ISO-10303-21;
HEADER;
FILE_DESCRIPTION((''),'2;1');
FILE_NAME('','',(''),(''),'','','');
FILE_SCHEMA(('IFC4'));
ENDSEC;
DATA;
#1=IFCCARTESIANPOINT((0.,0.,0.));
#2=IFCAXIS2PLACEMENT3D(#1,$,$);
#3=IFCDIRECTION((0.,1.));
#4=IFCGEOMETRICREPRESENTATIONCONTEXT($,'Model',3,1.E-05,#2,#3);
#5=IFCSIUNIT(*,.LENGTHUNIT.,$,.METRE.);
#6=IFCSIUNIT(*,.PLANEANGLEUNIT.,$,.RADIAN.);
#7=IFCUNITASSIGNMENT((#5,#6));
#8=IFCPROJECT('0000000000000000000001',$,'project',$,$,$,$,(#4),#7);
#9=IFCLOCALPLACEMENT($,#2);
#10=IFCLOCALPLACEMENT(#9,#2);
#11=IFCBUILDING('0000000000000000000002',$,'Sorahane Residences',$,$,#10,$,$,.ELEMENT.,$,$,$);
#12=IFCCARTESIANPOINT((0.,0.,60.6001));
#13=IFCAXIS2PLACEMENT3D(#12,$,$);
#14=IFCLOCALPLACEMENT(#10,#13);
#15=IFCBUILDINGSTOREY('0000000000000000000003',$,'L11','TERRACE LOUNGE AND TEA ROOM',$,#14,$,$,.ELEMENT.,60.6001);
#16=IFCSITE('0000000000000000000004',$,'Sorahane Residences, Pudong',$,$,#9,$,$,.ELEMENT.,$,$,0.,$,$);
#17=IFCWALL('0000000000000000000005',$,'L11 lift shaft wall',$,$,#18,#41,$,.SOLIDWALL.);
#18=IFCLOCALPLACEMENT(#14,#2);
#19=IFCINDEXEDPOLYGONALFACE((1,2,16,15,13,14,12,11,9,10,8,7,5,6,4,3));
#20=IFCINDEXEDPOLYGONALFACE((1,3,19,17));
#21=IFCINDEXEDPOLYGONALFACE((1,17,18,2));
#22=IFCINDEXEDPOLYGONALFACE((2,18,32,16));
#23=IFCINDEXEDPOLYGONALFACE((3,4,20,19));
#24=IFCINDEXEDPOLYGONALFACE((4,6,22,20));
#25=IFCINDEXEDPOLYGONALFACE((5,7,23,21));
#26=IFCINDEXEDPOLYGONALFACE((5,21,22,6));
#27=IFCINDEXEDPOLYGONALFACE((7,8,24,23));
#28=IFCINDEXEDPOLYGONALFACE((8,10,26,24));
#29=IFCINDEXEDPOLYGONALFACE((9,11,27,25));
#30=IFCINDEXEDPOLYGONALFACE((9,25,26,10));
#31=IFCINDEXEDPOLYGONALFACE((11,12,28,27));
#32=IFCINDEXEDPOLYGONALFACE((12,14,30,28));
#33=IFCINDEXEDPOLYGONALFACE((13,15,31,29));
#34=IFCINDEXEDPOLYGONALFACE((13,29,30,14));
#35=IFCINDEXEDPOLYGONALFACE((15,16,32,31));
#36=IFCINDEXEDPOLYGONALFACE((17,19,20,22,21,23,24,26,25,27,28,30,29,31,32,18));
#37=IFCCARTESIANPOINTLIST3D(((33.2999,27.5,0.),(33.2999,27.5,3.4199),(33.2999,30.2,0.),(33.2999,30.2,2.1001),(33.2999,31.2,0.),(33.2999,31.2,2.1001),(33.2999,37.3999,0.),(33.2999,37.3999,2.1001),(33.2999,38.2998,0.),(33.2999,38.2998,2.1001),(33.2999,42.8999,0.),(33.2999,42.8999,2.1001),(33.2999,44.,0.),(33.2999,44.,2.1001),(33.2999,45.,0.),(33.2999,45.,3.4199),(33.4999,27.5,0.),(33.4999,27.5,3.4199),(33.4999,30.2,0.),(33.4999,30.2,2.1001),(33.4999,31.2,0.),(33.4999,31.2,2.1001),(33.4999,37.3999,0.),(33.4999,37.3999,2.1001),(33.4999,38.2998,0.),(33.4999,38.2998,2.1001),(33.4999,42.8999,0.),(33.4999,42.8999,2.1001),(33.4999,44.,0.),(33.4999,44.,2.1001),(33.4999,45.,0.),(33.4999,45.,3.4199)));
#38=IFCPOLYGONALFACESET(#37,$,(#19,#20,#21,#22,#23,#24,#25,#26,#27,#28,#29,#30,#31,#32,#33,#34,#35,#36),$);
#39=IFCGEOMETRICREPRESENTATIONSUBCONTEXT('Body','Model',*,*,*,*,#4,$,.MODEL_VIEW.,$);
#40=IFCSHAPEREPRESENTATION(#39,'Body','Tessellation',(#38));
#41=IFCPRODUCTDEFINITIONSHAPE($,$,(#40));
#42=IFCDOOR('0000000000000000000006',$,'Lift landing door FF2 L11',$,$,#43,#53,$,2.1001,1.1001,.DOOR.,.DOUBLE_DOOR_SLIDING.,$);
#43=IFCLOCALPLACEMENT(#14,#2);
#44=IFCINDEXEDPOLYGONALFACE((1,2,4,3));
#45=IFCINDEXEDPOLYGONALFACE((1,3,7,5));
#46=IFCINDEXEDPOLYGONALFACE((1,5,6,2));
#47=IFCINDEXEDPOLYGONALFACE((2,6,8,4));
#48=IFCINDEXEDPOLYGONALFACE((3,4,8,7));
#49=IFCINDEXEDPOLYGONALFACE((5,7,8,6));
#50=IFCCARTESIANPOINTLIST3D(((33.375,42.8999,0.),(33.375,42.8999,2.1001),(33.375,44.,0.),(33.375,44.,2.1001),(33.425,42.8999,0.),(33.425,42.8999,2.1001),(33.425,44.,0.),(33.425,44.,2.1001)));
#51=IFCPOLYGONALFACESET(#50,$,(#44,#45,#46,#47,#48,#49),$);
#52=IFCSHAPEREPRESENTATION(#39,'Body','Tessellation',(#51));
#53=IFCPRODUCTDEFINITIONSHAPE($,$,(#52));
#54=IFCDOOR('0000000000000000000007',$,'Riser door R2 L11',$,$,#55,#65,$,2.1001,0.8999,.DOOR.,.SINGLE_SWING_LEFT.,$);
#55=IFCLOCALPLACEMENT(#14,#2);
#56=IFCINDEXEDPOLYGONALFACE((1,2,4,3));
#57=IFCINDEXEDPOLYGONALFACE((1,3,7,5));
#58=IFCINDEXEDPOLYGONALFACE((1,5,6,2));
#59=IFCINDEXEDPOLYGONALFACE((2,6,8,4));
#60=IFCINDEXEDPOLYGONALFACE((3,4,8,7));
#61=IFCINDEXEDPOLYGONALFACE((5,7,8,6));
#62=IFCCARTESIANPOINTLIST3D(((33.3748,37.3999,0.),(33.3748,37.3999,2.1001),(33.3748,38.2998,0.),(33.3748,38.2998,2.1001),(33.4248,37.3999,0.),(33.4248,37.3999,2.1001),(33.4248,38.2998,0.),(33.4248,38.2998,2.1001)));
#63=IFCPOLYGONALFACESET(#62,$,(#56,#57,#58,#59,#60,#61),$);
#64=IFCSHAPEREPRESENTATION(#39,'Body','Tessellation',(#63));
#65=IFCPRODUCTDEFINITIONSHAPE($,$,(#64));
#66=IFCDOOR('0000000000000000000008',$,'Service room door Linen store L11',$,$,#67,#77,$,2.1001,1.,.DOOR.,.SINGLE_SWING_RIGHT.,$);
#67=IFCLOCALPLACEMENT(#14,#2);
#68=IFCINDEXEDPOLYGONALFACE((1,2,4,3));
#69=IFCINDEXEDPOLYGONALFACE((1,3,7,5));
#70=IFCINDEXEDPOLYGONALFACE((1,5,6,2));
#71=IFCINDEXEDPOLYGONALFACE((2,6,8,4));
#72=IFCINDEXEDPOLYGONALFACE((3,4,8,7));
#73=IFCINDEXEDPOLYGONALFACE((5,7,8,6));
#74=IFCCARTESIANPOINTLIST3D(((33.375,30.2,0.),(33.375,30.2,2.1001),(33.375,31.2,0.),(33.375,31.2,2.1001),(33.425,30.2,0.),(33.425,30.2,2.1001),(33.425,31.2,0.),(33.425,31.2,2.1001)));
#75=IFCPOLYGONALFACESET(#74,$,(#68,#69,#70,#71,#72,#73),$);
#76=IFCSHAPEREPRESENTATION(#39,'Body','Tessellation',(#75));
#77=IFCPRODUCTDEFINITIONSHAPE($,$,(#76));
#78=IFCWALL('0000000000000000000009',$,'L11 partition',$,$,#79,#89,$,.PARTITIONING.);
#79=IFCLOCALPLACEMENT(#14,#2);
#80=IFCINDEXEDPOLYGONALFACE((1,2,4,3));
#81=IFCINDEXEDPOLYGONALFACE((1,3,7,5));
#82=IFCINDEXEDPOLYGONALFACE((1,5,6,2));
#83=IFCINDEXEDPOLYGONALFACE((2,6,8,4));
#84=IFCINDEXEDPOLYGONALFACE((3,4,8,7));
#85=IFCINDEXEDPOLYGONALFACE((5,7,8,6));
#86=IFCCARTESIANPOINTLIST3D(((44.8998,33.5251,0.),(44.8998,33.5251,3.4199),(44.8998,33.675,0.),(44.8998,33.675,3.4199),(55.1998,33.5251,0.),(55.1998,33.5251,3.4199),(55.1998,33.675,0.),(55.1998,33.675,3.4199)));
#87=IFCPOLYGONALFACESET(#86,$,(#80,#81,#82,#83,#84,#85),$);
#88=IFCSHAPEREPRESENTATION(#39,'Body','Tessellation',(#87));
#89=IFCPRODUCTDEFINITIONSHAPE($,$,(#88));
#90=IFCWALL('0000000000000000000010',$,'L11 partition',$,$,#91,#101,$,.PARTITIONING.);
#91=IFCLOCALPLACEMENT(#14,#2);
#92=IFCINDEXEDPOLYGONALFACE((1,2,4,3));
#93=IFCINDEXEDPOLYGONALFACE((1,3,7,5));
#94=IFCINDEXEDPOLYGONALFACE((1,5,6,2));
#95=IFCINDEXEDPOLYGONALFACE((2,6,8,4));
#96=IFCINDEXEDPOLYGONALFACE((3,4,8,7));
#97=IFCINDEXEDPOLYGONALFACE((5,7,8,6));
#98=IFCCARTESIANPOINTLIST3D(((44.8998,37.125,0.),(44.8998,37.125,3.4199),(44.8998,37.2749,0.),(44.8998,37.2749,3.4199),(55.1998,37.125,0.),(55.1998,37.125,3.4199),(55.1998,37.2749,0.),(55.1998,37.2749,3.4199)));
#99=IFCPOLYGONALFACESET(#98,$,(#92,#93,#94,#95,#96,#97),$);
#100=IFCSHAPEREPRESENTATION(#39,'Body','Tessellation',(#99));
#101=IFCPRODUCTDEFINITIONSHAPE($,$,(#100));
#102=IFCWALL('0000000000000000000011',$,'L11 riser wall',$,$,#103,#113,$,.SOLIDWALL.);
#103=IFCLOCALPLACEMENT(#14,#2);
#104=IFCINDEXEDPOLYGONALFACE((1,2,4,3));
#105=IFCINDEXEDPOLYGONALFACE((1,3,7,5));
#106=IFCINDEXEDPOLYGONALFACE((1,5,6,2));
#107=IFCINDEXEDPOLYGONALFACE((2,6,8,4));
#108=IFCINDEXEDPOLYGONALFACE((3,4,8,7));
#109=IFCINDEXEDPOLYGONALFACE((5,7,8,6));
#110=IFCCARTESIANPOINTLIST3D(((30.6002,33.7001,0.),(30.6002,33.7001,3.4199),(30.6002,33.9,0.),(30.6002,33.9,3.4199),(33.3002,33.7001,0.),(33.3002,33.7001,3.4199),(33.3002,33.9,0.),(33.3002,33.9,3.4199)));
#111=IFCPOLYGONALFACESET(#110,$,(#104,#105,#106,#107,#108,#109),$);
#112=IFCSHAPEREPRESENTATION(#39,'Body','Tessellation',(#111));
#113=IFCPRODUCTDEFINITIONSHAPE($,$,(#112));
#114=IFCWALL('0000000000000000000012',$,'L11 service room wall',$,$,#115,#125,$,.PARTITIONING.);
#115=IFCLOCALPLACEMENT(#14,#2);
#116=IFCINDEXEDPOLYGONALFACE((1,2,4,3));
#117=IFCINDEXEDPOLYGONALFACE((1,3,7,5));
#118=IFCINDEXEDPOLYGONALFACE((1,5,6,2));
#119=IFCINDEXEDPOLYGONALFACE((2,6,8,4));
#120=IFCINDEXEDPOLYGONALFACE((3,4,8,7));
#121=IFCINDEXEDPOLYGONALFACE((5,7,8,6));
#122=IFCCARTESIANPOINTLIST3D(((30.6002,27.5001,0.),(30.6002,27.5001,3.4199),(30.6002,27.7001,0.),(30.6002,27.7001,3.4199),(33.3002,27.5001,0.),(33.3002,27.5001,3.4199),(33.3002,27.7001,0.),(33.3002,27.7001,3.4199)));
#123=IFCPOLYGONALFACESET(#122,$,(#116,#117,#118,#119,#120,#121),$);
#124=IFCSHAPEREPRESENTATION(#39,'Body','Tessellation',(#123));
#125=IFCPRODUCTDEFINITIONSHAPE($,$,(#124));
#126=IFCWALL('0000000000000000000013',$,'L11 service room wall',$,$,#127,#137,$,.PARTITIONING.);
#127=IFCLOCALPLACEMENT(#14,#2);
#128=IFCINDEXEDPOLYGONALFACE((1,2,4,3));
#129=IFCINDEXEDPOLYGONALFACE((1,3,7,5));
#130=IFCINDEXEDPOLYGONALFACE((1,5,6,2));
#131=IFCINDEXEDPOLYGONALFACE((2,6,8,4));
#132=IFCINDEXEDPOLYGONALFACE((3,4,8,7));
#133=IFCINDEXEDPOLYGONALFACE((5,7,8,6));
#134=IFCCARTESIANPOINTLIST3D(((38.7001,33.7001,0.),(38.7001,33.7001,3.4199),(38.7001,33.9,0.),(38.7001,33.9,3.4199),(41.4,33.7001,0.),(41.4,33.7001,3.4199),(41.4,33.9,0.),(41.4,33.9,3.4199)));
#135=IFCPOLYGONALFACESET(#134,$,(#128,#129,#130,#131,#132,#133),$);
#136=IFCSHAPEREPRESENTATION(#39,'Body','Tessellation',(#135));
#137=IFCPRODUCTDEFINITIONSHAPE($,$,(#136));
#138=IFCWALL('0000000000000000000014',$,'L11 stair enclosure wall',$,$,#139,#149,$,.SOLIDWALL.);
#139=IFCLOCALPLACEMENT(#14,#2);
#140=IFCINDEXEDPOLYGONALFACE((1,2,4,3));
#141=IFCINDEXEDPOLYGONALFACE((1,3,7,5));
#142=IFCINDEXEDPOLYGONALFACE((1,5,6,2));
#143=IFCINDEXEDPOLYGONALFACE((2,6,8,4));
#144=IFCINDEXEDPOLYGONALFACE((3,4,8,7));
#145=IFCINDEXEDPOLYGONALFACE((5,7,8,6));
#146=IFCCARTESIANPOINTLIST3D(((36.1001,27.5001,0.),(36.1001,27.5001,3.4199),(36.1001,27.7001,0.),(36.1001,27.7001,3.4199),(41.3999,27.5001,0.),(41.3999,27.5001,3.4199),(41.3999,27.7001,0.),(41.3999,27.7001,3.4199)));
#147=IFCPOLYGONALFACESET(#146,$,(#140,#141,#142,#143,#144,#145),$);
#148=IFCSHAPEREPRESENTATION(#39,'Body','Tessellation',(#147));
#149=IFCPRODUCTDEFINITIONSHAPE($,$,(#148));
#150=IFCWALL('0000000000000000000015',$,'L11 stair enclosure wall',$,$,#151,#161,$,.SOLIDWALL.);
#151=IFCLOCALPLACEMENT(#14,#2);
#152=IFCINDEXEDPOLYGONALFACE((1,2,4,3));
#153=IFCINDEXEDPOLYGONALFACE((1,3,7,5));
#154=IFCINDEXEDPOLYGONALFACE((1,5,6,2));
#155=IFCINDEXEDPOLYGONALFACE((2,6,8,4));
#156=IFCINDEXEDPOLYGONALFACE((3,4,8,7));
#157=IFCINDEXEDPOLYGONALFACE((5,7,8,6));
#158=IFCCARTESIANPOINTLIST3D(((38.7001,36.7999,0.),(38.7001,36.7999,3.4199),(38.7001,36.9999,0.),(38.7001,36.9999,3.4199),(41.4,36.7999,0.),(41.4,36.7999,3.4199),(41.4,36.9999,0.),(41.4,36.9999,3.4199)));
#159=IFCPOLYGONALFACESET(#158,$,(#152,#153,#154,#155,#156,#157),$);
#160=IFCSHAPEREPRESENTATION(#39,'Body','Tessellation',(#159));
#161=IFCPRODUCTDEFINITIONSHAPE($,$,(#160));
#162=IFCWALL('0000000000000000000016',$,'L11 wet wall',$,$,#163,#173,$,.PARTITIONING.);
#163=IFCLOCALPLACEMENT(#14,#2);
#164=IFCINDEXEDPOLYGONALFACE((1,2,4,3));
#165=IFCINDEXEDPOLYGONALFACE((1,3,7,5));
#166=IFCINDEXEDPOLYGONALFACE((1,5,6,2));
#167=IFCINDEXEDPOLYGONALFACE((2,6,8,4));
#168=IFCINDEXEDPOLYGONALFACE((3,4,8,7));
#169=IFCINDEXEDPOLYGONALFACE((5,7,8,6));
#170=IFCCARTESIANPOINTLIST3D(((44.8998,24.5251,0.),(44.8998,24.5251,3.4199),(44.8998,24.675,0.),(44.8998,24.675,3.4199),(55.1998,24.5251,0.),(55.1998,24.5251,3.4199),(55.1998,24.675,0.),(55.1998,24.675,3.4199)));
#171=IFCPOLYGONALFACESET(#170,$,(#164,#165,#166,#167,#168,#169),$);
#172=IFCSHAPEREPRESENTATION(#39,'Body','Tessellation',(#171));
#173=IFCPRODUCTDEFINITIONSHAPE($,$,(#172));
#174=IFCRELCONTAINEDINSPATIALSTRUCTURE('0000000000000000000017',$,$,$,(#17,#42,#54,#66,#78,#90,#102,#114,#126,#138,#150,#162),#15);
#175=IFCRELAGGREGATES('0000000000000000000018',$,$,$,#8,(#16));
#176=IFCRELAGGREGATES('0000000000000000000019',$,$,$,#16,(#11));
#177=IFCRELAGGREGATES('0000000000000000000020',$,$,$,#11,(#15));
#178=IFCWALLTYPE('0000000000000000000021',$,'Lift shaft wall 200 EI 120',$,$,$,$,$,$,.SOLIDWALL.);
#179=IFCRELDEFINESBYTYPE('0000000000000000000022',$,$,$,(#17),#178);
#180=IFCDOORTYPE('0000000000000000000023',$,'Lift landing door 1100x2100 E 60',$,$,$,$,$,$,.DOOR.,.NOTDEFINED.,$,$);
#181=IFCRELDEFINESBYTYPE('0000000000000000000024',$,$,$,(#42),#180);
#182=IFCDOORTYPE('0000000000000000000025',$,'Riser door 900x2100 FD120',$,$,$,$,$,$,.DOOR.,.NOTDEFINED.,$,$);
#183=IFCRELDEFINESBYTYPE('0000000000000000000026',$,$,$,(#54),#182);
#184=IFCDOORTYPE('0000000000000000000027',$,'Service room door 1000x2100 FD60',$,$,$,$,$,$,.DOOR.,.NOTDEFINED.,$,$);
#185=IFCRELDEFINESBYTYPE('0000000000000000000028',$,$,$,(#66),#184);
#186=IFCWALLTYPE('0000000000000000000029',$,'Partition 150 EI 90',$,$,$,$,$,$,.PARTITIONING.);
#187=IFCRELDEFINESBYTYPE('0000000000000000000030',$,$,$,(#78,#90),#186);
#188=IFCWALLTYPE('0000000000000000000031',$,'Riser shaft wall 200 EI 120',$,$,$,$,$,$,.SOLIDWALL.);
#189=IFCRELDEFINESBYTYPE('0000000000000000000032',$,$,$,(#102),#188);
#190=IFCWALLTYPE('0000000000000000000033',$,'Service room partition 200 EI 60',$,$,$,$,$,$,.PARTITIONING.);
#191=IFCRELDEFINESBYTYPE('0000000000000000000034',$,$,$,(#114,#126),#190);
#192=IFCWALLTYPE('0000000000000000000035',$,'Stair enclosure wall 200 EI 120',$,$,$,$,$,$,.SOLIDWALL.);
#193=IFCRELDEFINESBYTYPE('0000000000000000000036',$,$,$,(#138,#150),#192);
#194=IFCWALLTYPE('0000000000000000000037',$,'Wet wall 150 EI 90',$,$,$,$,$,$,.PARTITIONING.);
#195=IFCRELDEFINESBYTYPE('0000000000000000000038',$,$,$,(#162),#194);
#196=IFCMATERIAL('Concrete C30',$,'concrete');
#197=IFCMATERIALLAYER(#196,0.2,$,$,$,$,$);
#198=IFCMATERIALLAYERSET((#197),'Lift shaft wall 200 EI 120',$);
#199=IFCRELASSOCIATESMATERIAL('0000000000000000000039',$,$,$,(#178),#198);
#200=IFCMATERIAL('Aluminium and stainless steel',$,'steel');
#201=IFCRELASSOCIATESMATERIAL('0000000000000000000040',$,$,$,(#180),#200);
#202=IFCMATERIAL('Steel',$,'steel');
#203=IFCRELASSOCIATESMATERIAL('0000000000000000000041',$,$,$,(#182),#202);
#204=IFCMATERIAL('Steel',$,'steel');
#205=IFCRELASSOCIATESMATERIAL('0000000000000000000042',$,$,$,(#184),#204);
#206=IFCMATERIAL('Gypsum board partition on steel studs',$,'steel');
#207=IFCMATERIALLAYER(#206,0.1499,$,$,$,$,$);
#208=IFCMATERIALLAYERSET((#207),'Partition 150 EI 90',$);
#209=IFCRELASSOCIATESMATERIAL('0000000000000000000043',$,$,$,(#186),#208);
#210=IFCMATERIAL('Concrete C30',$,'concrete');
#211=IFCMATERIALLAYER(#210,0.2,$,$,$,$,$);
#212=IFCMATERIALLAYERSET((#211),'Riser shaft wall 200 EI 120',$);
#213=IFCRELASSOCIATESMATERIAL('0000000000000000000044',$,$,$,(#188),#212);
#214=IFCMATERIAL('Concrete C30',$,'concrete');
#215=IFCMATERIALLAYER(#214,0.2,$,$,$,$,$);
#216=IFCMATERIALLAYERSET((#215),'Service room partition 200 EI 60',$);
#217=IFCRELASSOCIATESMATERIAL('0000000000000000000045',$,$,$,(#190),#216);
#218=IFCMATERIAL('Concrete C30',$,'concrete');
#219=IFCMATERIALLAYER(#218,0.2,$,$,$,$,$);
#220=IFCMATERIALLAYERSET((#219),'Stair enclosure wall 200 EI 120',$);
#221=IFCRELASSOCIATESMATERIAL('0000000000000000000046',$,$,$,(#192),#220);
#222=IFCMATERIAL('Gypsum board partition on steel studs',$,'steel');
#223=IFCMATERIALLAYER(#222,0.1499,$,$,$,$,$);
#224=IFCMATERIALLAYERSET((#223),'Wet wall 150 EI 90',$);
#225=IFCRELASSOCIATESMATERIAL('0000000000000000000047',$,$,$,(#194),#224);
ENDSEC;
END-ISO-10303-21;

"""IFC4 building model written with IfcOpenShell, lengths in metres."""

from ifc_helpers import new_model, si_unit, direction, frame, frame_2d, origin, place, context, subcontext, project, spatial, rectangle, extrude, material, layer, layer_set, type_object, element, fill, save


model = new_model("IFC4")

# Units and contexts
model_context = context("Model", 3, precision=1e-05, world=origin(), true_north=direction((0.0, 1.0)))
body_context = subcontext(model_context, "Body", "Model", "MODEL_VIEW")
ifc_project = project(units=[si_unit("LENGTHUNIT", "METRE"), si_unit("PLANEANGLEUNIT", "RADIAN")], contexts=[model_context])

# Site, building, storey
site_placement = place(None, origin())
site = spatial("IfcSite", under=ifc_project, at=site_placement, Name="Sorahane Residences, Pudong", CompositionType="ELEMENT", RefElevation=0.0)
building_placement = place(site_placement, origin())
building = spatial("IfcBuilding", under=site, at=building_placement, Name="Sorahane Residences", CompositionType="ELEMENT")
storey_placement = place(building_placement, frame((0.0, 0.0, 60.6001)))
storey = spatial("IfcBuildingStorey", under=building, at=storey_placement, Name="L11", Description="TERRACE LOUNGE AND TEA ROOM", CompositionType="ELEMENT", Elevation=60.6001)

# Wall, openings, doors
ifc_material_1 = material(Name="Concrete C30", Category="concrete")
ifc_layer_1 = layer(ifc_material_1, 0.2)
ifc_layer_set_1 = layer_set([ifc_layer_1], Name="Lift shaft wall 200 EI 120")
wall_type_1 = type_object("IfcWallType", Name="Lift shaft wall 200 EI 120", PredefinedType="SOLIDWALL", material=ifc_layer_set_1)
wall_1_placement = place(storey_placement, frame((33.3999, 27.5, 0.0), z_axis=(0.0, 0.0, 1.0), x_axis=(0.0, 1.0, 0.0)))
wall_1 = element("IfcWall", 1, at=wall_1_placement, inside=storey, type_object=wall_type_1, Name="L11 lift shaft wall", PredefinedType="SOLIDWALL", context=body_context, shape_type="SweptSolid", body=[
    extrude(rectangle(XDim=17.5, YDim=0.2, at=frame_2d((8.75, 0.0))), origin(), (0.0, 0.0, 1.0), 3.4199),
])
opening_1_placement = place(wall_1_placement, frame((15.3999, 0.0, 0.0)))
opening_1 = element("IfcOpeningElement", 2, at=opening_1_placement, cuts=wall_1, PredefinedType="OPENING", context=body_context, shape_type="SweptSolid", body=[
    extrude(rectangle(XDim=1.1001, YDim=2.1001, at=frame_2d((0.55, 1.05))), frame((0.0, 0.1099, 0.0), z_axis=(0.0, -1.0, 0.0), x_axis=(1.0, 0.0, 0.0)), (0.0, 0.0, 1.0), 0.22),
])
opening_2_placement = place(wall_1_placement, frame((2.7, 0.0, 0.0)))
opening_2 = element("IfcOpeningElement", 3, at=opening_2_placement, cuts=wall_1, PredefinedType="OPENING", context=body_context, shape_type="SweptSolid", body=[
    extrude(rectangle(XDim=1.0, YDim=2.1001, at=frame_2d((0.5, 1.05))), frame((0.0, 0.1099, 0.0), z_axis=(0.0, -1.0, 0.0), x_axis=(1.0, 0.0, 0.0)), (0.0, 0.0, 1.0), 0.22),
])
opening_3_placement = place(wall_1_placement, frame((9.8999, 0.0, 0.0)))
opening_3 = element("IfcOpeningElement", 4, at=opening_3_placement, cuts=wall_1, PredefinedType="OPENING", context=body_context, shape_type="SweptSolid", body=[
    extrude(rectangle(XDim=0.8999, YDim=2.1001, at=frame_2d((0.45, 1.05))), frame((0.0, 0.1099, 0.0), z_axis=(0.0, -1.0, 0.0), x_axis=(1.0, 0.0, 0.0)), (0.0, 0.0, 1.0), 0.22),
])
ifc_material_2 = material(Name="Aluminium and stainless steel", Category="steel")
door_type_1 = type_object("IfcDoorType", Name="Lift landing door 1100x2100 E 60", OperationType="NOTDEFINED", PredefinedType="DOOR", material=ifc_material_2)
door_1_placement = place(opening_1_placement, origin())
door_1 = element("IfcDoor", 5, at=door_1_placement, inside=storey, type_object=door_type_1, Name="Lift landing door FF2 L11", OperationType="DOUBLE_DOOR_SLIDING", OverallHeight=2.1001, OverallWidth=1.1001, PredefinedType="DOOR", context=body_context, shape_type="SweptSolid", body=[
    extrude(rectangle(XDim=1.1001, YDim=2.1001, at=frame_2d((0.55, 1.05))), frame((0.0, 0.0249, 0.0), z_axis=(0.0, -1.0, 0.0), x_axis=(1.0, 0.0, 0.0)), (0.0, 0.0, 1.0), 0.05),
])
fill(opening_1, door_1)
ifc_material_3 = material(Name="Steel", Category="steel")
door_type_2 = type_object("IfcDoorType", Name="Riser door 900x2100 FD120", OperationType="NOTDEFINED", PredefinedType="DOOR", material=ifc_material_3)
door_2_placement = place(opening_3_placement, frame((0.8999, 0.0, 0.0), z_axis=(0.0, 0.0, 1.0), x_axis=(-1.0, 0.0, 0.0)))
door_2 = element("IfcDoor", 6, at=door_2_placement, inside=storey, type_object=door_type_2, Name="Riser door R2 L11", OperationType="SINGLE_SWING_LEFT", OverallHeight=2.1001, OverallWidth=0.8999, PredefinedType="DOOR", context=body_context, shape_type="SweptSolid", body=[
    extrude(rectangle(XDim=0.8999, YDim=2.1001, at=frame_2d((0.45, 1.05))), frame((0.0, 0.0249, 0.0), z_axis=(0.0, -1.0, 0.0), x_axis=(1.0, 0.0, 0.0)), (0.0, 0.0, 1.0), 0.05),
])
fill(opening_3, door_2)
ifc_material_4 = material(Name="Steel", Category="steel")
door_type_3 = type_object("IfcDoorType", Name="Service room door 1000x2100 FD60", OperationType="NOTDEFINED", PredefinedType="DOOR", material=ifc_material_4)
door_3_placement = place(opening_2_placement, origin())
door_3 = element("IfcDoor", 7, at=door_3_placement, inside=storey, type_object=door_type_3, Name="Service room door Linen store L11", OperationType="SINGLE_SWING_RIGHT", OverallHeight=2.1001, OverallWidth=1.0, PredefinedType="DOOR", context=body_context, shape_type="SweptSolid", body=[
    extrude(rectangle(XDim=1.0, YDim=2.1001, at=frame_2d((0.5, 1.05))), frame((0.0, 0.0249, 0.0), z_axis=(0.0, -1.0, 0.0), x_axis=(1.0, 0.0, 0.0)), (0.0, 0.0, 1.0), 0.05),
])
fill(opening_2, door_3)

# Walls
ifc_material_5 = material(Name="Gypsum board partition on steel studs", Category="steel")
ifc_layer_2 = layer(ifc_material_5, 0.1499)
ifc_layer_set_2 = layer_set([ifc_layer_2], Name="Partition 150 EI 90")
wall_type_2 = type_object("IfcWallType", Name="Partition 150 EI 90", PredefinedType="PARTITIONING", material=ifc_layer_set_2)
for number, where, z_axis, x_axis, name in (
    (8, (44.8999, 33.6001, 0.0), (0.0, 0.0, 1.0), (1.0, 0.0, 0.0), "L11 partition"),
    (9, (44.8999, 37.2, 0.0), (0.0, 0.0, 1.0), (1.0, 0.0, 0.0), "L11 partition"),
):
    element("IfcWall", number, at=place(storey_placement, frame(where, z_axis=z_axis, x_axis=x_axis)), inside=storey, type_object=wall_type_2, Name=name, PredefinedType="PARTITIONING", context=body_context, shape_type="SweptSolid", body=[
        extrude(rectangle(XDim=10.3, YDim=0.1499, at=frame_2d((5.1499, 0.0))), origin(), (0.0, 0.0, 1.0), 3.4199),
    ])
ifc_material_6 = material(Name="Concrete C30", Category="concrete")
ifc_layer_3 = layer(ifc_material_6, 0.2)
ifc_layer_set_3 = layer_set([ifc_layer_3], Name="Riser shaft wall 200 EI 120")
wall_type_3 = type_object("IfcWallType", Name="Riser shaft wall 200 EI 120", PredefinedType="SOLIDWALL", material=ifc_layer_set_3)
wall_2_placement = place(storey_placement, frame((30.6001, 33.8, 0.0), z_axis=(0.0, 0.0, 1.0), x_axis=(1.0, 0.0, 0.0)))
element("IfcWall", 10, at=wall_2_placement, inside=storey, type_object=wall_type_3, Name="L11 riser wall", PredefinedType="SOLIDWALL", context=body_context, shape_type="SweptSolid", body=[
    extrude(rectangle(XDim=2.7, YDim=0.2, at=frame_2d((1.3501, 0.0))), origin(), (0.0, 0.0, 1.0), 3.4199),
])
ifc_material_7 = material(Name="Concrete C30", Category="concrete")
ifc_layer_4 = layer(ifc_material_7, 0.2)
ifc_layer_set_4 = layer_set([ifc_layer_4], Name="Service room partition 200 EI 60")
wall_type_4 = type_object("IfcWallType", Name="Service room partition 200 EI 60", PredefinedType="PARTITIONING", material=ifc_layer_set_4)
for number, where, z_axis, x_axis, name in (
    (11, (30.6001, 27.6001, 0.0), (0.0, 0.0, 1.0), (1.0, 0.0, 0.0), "L11 service room wall"),
    (12, (38.7, 33.8, 0.0), (0.0, 0.0, 1.0), (1.0, 0.0, 0.0), "L11 service room wall"),
):
    element("IfcWall", number, at=place(storey_placement, frame(where, z_axis=z_axis, x_axis=x_axis)), inside=storey, type_object=wall_type_4, Name=name, PredefinedType="PARTITIONING", context=body_context, shape_type="SweptSolid", body=[
        extrude(rectangle(XDim=2.7, YDim=0.2, at=frame_2d((1.3501, 0.0))), origin(), (0.0, 0.0, 1.0), 3.4199),
    ])
ifc_material_8 = material(Name="Concrete C30", Category="concrete")
ifc_layer_5 = layer(ifc_material_8, 0.2)
ifc_layer_set_5 = layer_set([ifc_layer_5], Name="Stair enclosure wall 200 EI 120")
wall_type_5 = type_object("IfcWallType", Name="Stair enclosure wall 200 EI 120", PredefinedType="SOLIDWALL", material=ifc_layer_set_5)
wall_3_placement = place(storey_placement, frame((36.1001, 27.6001, 0.0), z_axis=(0.0, 0.0, 1.0), x_axis=(1.0, 0.0, 0.0)))
element("IfcWall", 13, at=wall_3_placement, inside=storey, type_object=wall_type_5, Name="L11 stair enclosure wall", PredefinedType="SOLIDWALL", context=body_context, shape_type="SweptSolid", body=[
    extrude(rectangle(XDim=5.2998, YDim=0.2, at=frame_2d((2.6499, 0.0))), origin(), (0.0, 0.0, 1.0), 3.4199),
])
wall_4_placement = place(storey_placement, frame((38.7, 36.8999, 0.0), z_axis=(0.0, 0.0, 1.0), x_axis=(1.0, 0.0, 0.0)))
element("IfcWall", 14, at=wall_4_placement, inside=storey, type_object=wall_type_5, Name="L11 stair enclosure wall", PredefinedType="SOLIDWALL", context=body_context, shape_type="SweptSolid", body=[
    extrude(rectangle(XDim=2.7, YDim=0.2, at=frame_2d((1.3501, 0.0))), origin(), (0.0, 0.0, 1.0), 3.4199),
])
ifc_material_9 = material(Name="Gypsum board partition on steel studs", Category="steel")
ifc_layer_6 = layer(ifc_material_9, 0.1499)
ifc_layer_set_6 = layer_set([ifc_layer_6], Name="Wet wall 150 EI 90")
wall_type_6 = type_object("IfcWallType", Name="Wet wall 150 EI 90", PredefinedType="PARTITIONING", material=ifc_layer_set_6)
wall_5_placement = place(storey_placement, frame((44.8999, 24.6001, 0.0), z_axis=(0.0, 0.0, 1.0), x_axis=(1.0, 0.0, 0.0)))
element("IfcWall", 15, at=wall_5_placement, inside=storey, type_object=wall_type_6, Name="L11 wet wall", PredefinedType="PARTITIONING", context=body_context, shape_type="SweptSolid", body=[
    extrude(rectangle(XDim=10.3, YDim=0.1499, at=frame_2d((5.1499, 0.0))), origin(), (0.0, 0.0, 1.0), 3.4199),
])

save(model, "model.ifc")
